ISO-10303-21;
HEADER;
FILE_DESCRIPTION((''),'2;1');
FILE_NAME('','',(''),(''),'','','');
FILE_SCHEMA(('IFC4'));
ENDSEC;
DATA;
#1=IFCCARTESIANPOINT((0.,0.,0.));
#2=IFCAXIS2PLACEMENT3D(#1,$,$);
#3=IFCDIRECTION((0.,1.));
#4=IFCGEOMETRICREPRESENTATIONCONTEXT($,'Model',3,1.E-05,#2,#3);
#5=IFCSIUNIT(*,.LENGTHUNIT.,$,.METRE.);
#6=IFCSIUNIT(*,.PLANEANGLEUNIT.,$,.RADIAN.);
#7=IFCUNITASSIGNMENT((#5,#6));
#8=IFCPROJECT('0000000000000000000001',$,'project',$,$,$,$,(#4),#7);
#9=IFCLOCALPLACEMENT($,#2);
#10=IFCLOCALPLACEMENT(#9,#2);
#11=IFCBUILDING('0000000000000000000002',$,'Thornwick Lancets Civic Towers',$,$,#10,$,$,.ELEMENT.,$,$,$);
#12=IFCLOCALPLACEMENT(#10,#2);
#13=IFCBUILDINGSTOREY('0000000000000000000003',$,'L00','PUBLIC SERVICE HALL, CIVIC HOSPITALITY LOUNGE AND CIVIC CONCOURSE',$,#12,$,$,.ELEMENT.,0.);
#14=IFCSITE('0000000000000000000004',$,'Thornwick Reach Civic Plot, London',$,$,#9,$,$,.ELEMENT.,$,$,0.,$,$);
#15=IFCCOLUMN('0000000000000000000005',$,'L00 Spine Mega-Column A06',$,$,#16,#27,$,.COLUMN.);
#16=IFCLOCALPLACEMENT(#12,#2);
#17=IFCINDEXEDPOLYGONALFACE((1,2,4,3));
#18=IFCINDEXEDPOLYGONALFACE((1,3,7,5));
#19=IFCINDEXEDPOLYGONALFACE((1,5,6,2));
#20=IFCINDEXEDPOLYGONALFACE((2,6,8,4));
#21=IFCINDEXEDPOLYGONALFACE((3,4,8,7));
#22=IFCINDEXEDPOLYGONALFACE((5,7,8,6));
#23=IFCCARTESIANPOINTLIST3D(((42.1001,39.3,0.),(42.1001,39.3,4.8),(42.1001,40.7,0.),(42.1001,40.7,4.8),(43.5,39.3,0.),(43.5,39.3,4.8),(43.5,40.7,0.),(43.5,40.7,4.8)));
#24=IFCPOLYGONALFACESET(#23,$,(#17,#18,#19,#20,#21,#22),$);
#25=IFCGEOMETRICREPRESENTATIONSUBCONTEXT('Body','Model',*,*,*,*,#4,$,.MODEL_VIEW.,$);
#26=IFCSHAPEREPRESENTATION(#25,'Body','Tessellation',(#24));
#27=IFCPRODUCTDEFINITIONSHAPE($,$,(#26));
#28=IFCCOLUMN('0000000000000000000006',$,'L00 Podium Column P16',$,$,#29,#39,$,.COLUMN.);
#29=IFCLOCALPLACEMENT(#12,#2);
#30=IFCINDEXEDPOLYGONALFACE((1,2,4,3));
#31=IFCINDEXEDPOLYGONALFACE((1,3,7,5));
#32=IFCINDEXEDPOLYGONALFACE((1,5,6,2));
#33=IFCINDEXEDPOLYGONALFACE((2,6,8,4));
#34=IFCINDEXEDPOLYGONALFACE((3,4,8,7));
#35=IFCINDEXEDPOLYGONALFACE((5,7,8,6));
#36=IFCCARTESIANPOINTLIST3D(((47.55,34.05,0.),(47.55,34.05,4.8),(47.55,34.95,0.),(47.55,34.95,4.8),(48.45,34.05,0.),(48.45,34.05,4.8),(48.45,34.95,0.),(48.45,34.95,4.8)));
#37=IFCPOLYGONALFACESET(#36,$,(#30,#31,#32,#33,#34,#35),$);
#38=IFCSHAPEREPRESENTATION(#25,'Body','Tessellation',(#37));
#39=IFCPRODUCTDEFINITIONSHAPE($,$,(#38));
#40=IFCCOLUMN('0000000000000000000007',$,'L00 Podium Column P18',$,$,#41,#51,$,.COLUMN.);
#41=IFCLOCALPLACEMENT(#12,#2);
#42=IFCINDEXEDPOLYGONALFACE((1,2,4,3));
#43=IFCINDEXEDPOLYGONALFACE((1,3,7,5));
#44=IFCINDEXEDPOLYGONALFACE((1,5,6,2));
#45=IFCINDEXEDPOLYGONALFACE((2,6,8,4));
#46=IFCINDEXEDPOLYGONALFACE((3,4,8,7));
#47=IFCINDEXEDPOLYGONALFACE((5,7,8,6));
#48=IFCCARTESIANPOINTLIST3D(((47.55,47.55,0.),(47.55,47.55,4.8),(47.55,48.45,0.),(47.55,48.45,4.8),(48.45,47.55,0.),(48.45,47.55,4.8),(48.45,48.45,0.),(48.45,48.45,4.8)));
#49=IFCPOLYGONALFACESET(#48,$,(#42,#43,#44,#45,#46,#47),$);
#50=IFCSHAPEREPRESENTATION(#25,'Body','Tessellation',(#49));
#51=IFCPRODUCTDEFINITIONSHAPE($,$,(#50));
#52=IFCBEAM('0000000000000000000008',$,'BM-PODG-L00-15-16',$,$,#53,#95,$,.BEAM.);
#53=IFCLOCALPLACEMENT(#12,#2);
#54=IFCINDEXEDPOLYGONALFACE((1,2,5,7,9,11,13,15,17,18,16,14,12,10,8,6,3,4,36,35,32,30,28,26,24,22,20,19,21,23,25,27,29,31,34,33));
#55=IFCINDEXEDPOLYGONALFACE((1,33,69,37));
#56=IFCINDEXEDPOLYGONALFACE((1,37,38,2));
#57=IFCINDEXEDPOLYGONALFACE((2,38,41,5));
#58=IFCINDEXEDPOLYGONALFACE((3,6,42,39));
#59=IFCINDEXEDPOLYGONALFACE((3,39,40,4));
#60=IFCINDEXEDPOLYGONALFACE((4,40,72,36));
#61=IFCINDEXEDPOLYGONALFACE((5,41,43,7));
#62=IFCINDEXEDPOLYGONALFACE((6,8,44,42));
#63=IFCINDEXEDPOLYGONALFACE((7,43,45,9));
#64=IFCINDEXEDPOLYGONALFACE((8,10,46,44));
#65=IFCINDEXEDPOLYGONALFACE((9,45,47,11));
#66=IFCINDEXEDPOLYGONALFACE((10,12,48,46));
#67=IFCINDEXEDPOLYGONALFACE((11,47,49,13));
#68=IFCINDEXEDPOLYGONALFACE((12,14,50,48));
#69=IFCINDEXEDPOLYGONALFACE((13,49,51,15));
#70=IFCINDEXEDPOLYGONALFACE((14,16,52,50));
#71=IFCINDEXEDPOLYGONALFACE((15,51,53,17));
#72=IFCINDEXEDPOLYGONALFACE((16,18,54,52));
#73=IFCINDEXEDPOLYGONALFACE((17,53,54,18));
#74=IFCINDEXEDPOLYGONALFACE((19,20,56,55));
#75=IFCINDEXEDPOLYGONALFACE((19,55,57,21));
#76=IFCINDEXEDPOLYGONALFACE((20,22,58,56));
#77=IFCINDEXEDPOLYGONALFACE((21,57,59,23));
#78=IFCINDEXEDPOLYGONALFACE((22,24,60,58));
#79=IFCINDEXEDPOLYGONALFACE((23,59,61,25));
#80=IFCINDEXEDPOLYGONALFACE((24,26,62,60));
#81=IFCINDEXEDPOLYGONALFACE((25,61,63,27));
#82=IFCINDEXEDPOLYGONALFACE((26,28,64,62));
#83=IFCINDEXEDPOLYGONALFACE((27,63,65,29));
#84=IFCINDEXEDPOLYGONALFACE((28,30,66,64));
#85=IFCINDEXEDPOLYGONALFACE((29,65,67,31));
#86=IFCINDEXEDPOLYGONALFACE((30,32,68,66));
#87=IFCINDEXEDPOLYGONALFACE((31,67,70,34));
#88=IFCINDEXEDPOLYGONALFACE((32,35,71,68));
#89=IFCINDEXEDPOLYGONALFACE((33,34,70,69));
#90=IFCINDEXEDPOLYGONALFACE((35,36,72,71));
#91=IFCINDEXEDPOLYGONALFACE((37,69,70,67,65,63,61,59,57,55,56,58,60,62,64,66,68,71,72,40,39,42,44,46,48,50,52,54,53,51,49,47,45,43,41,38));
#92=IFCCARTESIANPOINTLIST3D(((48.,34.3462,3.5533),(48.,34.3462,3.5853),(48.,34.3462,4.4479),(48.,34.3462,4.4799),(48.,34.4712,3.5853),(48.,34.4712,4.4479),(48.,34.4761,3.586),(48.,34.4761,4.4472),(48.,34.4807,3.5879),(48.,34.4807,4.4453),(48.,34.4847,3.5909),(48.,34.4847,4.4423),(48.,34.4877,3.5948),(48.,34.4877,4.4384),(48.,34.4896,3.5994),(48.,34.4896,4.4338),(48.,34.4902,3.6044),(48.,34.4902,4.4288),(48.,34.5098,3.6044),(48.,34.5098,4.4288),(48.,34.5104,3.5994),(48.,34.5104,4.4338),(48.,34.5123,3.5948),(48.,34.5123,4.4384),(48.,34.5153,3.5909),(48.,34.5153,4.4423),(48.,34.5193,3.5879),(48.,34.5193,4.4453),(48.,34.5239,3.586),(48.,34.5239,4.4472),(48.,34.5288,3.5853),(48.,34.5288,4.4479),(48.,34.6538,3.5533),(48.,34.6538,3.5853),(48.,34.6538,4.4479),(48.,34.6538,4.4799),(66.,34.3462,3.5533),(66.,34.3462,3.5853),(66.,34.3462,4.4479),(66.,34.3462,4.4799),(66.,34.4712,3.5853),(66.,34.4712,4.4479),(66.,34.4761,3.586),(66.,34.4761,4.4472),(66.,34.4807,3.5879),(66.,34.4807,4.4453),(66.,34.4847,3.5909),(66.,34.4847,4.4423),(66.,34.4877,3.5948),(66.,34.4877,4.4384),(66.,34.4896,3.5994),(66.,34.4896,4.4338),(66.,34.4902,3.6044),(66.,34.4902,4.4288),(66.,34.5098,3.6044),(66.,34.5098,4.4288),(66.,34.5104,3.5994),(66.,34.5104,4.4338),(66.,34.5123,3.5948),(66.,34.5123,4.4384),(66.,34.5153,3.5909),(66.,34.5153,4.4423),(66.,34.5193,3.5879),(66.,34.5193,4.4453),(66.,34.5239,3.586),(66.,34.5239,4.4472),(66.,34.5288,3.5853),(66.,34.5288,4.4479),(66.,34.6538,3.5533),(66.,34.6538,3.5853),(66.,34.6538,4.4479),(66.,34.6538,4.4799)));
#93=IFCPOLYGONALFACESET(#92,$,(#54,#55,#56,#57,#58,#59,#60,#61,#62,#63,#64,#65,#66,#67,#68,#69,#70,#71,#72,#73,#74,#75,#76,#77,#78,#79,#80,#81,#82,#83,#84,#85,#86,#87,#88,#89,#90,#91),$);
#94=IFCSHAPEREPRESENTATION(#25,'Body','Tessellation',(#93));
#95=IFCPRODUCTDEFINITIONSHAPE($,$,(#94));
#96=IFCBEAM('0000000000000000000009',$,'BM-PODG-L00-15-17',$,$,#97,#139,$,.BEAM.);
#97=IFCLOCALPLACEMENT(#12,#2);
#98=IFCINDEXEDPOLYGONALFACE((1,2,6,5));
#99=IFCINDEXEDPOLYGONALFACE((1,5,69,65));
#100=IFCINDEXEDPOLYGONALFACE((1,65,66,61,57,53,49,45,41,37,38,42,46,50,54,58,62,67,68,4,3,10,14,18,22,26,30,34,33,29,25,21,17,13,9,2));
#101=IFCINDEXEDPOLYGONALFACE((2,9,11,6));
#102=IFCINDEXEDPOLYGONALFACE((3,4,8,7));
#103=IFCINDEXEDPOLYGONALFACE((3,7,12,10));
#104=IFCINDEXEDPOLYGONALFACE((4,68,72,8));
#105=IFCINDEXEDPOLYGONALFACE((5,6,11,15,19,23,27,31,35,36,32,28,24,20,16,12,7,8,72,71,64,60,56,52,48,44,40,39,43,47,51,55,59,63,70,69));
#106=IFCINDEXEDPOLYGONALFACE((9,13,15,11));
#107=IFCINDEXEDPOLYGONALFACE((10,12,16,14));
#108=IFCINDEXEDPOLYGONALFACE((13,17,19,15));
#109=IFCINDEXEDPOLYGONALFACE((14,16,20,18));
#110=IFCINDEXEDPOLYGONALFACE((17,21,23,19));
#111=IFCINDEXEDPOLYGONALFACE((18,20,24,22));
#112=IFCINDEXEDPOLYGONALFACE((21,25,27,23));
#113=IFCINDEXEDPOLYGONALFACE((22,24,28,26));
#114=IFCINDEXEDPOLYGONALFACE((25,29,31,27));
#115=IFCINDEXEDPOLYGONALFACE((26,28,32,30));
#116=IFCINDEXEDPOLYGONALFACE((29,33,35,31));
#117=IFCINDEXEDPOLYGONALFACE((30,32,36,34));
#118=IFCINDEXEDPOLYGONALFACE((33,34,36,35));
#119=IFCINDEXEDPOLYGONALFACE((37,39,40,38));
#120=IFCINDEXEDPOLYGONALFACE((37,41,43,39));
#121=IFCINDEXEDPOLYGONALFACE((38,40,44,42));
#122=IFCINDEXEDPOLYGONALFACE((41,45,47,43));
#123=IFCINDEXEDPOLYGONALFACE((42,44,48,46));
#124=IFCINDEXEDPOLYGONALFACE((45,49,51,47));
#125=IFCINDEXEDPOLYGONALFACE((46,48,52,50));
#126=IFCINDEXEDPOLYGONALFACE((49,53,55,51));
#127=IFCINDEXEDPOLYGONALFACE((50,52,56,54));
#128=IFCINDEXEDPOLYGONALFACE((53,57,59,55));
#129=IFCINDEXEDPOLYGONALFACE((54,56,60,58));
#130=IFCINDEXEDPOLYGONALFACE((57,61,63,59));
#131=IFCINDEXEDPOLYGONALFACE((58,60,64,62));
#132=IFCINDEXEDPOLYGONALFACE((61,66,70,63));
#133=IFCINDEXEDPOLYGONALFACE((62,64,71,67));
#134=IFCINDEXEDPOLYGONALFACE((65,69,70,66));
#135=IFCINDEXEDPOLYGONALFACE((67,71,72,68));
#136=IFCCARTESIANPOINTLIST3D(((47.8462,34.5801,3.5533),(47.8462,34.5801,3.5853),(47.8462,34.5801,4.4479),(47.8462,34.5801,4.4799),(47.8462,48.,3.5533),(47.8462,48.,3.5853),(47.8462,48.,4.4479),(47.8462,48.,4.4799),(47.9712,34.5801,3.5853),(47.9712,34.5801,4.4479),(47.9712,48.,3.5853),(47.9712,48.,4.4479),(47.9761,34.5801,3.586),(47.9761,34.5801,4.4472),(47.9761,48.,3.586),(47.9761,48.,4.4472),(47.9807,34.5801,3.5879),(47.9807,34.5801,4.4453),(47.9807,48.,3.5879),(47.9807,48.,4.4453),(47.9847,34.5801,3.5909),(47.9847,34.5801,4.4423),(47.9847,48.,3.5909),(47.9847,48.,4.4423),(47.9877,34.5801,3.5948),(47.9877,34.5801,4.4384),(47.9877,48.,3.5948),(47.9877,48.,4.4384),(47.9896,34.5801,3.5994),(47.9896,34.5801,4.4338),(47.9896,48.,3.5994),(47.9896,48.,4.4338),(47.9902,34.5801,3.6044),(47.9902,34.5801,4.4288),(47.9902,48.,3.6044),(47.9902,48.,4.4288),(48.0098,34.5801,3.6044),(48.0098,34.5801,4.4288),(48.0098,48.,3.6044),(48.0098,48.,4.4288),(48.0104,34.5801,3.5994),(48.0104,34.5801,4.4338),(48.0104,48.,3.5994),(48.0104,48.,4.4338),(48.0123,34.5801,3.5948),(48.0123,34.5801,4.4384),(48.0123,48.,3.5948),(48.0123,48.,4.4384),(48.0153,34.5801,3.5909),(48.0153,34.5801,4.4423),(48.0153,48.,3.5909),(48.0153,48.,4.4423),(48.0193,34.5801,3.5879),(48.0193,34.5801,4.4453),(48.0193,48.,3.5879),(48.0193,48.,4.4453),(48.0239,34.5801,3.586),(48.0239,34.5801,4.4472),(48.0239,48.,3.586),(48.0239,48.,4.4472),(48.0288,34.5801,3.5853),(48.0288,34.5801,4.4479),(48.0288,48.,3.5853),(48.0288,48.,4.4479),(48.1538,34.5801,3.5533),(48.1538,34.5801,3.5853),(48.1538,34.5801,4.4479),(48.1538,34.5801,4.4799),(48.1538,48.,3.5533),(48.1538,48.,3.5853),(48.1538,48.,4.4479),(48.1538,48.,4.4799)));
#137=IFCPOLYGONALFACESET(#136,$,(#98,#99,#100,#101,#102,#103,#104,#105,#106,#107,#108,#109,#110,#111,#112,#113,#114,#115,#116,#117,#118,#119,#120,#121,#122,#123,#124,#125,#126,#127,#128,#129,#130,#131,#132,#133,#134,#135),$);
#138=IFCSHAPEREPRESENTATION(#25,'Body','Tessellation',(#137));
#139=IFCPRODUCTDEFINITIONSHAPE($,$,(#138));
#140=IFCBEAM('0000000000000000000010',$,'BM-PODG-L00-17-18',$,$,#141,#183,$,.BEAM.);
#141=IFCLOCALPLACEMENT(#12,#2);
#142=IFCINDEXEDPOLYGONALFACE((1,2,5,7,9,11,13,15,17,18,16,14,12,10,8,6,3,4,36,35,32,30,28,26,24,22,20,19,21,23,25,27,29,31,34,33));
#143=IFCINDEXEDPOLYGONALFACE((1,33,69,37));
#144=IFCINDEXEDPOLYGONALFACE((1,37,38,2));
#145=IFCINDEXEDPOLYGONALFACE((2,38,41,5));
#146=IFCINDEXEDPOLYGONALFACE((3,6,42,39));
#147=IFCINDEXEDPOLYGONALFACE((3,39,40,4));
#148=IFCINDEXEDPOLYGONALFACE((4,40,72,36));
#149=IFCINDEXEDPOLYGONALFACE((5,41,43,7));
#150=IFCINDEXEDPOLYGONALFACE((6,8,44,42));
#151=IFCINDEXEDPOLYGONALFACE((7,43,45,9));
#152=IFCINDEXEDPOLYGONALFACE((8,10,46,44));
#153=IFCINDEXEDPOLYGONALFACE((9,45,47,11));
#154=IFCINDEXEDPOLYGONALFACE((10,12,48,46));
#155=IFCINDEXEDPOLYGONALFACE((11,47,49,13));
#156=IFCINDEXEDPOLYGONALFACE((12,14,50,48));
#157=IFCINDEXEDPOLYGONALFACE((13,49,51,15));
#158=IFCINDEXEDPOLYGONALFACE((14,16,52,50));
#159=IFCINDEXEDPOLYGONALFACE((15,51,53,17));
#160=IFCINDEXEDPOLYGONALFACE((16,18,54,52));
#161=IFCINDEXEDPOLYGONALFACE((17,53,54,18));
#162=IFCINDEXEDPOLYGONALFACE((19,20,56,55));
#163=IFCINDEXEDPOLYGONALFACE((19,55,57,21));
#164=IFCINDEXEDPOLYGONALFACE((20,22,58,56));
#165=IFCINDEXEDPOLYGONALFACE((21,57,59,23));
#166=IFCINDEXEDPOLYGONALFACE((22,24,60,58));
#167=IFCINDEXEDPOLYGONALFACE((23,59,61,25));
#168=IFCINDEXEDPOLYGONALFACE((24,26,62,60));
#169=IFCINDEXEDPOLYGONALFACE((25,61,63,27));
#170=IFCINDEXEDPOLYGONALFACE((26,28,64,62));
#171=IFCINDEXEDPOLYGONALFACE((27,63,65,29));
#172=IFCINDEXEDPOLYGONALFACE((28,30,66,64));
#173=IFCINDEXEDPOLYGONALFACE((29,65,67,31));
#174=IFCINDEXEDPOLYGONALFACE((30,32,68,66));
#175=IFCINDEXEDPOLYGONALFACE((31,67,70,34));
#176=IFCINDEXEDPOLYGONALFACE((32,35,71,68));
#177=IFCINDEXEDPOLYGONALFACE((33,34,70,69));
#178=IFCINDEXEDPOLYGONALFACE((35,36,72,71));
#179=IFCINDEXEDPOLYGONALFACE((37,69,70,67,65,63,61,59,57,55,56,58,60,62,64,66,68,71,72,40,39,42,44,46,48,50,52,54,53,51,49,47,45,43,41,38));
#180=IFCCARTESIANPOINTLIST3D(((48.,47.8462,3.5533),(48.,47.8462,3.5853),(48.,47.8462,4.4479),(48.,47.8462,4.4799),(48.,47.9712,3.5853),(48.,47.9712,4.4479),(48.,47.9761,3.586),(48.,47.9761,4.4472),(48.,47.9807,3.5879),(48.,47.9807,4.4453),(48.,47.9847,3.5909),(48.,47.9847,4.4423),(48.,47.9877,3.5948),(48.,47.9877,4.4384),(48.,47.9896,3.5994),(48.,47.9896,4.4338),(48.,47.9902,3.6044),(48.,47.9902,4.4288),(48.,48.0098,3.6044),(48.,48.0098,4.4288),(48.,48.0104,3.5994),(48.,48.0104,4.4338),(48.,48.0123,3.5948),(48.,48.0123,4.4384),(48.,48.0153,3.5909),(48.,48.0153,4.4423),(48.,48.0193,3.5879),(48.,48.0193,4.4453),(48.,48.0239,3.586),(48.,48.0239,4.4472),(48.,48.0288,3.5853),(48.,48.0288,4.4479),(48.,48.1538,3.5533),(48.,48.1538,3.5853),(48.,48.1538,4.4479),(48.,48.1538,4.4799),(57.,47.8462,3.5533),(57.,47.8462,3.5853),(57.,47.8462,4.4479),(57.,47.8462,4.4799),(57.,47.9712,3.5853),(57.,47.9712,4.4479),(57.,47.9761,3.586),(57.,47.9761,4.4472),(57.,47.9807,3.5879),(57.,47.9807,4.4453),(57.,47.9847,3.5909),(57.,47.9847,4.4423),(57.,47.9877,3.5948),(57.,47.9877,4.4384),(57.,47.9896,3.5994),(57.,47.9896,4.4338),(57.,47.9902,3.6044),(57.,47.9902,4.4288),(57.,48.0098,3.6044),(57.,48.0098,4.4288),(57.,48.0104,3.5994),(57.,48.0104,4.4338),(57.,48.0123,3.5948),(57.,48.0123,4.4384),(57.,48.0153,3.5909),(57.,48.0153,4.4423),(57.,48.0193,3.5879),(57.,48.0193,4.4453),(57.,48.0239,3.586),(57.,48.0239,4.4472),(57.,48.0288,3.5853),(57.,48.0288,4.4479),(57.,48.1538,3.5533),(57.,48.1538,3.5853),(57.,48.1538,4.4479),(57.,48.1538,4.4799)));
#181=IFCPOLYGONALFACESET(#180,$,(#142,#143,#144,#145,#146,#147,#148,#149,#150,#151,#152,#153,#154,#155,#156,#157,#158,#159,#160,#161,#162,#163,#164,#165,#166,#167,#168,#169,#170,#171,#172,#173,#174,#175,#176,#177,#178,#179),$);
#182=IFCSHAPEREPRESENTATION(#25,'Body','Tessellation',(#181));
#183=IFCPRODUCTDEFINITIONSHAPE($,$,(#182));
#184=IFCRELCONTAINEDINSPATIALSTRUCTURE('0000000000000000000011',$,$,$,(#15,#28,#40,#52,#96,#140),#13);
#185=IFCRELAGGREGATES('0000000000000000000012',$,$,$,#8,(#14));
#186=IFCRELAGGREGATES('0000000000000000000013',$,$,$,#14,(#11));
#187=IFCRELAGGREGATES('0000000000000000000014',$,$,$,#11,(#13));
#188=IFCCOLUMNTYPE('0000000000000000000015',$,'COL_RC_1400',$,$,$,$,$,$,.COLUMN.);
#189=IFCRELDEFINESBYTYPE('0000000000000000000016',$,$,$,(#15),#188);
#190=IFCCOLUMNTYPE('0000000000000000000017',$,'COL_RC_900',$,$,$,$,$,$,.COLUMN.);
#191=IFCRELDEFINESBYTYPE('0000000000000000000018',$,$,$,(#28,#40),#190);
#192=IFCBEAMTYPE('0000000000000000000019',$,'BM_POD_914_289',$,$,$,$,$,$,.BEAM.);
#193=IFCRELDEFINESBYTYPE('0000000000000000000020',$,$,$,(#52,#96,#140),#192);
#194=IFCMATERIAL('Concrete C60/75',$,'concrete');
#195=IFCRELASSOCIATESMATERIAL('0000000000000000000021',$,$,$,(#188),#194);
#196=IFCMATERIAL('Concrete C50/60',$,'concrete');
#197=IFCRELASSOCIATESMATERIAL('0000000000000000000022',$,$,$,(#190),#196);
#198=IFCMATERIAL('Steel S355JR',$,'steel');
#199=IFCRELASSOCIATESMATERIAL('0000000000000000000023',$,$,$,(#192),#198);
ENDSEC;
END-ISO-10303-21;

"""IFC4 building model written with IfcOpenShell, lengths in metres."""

from ifc_helpers import new_model, si_unit, direction, frame, origin, origin_2d, place, context, subcontext, project, spatial, rectangle, i_section, extrude, material, material_profile, profile_set, type_object, element, save


model = new_model("IFC4")

# Units and contexts
model_context = context("Model", 3, precision=1e-05, world=origin(), true_north=direction((0.0, 1.0)))
body_context = subcontext(model_context, "Body", "Model", "MODEL_VIEW")
ifc_project = project(units=[si_unit("LENGTHUNIT", "METRE"), si_unit("PLANEANGLEUNIT", "RADIAN")], contexts=[model_context])

# Site, building, storey
site_placement = place(None, origin())
site = spatial("IfcSite", under=ifc_project, at=site_placement, Name="Thornwick Reach Civic Plot, London", CompositionType="ELEMENT", RefElevation=0.0)
building_placement = place(site_placement, origin())
building = spatial("IfcBuilding", under=site, at=building_placement, Name="Thornwick Lancets Civic Towers", CompositionType="ELEMENT")
storey_placement = place(building_placement, origin())
storey = spatial("IfcBuildingStorey", under=building, at=storey_placement, Name="L00", Description="PUBLIC SERVICE HALL, CIVIC HOSPITALITY LOUNGE AND CIVIC CONCOURSE", CompositionType="ELEMENT", Elevation=0.0)

# Columns
ifc_material_1 = material(Name="Concrete C60/75", Category="concrete")
ifc_material_profile_1 = material_profile(ifc_material_1, rectangle(XDim=1.3999, YDim=1.3999, at=origin_2d()), Name="RC 1400x1400")
ifc_profile_set_1 = profile_set([ifc_material_profile_1], Name="Concrete C60/75")
column_type_1 = type_object("IfcColumnType", Name="COL_RC_1400", PredefinedType="COLUMN", material=ifc_profile_set_1)
column_placement = place(storey_placement, frame((42.8, 40.0, 0.0), z_axis=(0.0, 0.0, 1.0), x_axis=(1.0, 0.0, 0.0)))
element("IfcColumn", 1, at=column_placement, inside=storey, type_object=column_type_1, Name="L00 Spine Mega-Column A06", PredefinedType="COLUMN", context=body_context, shape_type="SweptSolid", body=[
    extrude(rectangle(XDim=1.3999, YDim=1.3999, at=origin_2d()), origin(), (0.0, 0.0, 1.0), 4.8),
])
ifc_material_2 = material(Name="Concrete C50/60", Category="concrete")
ifc_material_profile_2 = material_profile(ifc_material_2, rectangle(XDim=0.8999, YDim=0.8999, at=origin_2d()), Name="RC 900x900")
ifc_profile_set_2 = profile_set([ifc_material_profile_2], Name="Concrete C50/60")
column_type_2 = type_object("IfcColumnType", Name="COL_RC_900", PredefinedType="COLUMN", material=ifc_profile_set_2)
for number, where, z_axis, x_axis, name in (
    (2, (48.0, 34.5, 0.0), (0.0, 0.0, 1.0), (1.0, 0.0, 0.0), "L00 Podium Column P16"),
    (3, (48.0, 48.0, 0.0), (0.0, 0.0, 1.0), (1.0, 0.0, 0.0), "L00 Podium Column P18"),
):
    element("IfcColumn", number, at=place(storey_placement, frame(where, z_axis=z_axis, x_axis=x_axis)), inside=storey, type_object=column_type_2, Name=name, PredefinedType="COLUMN", context=body_context, shape_type="SweptSolid", body=[
        extrude(rectangle(XDim=0.8999, YDim=0.8999, at=origin_2d()), origin(), (0.0, 0.0, 1.0), 4.8),
    ])

# Beams
ifc_material_3 = material(Name="Steel S355JR", Category="steel")
ifc_material_profile_3 = material_profile(ifc_material_3, i_section(OverallWidth=0.3076, OverallDepth=0.9265, WebThickness=0.0195, FlangeThickness=0.032, FilletRadius=0.019, at=origin_2d()), Name="UKB 914x305x289")
ifc_profile_set_3 = profile_set([ifc_material_profile_3], Name="Steel S355JR")
beam_type = type_object("IfcBeamType", Name="BM_POD_914_289", PredefinedType="BEAM", material=ifc_profile_set_3)
beam_1_placement = place(storey_placement, frame((48.0, 34.5, 4.0166), z_axis=(1.0, 0.0, 0.0), x_axis=(0.0, 1.0, 0.0)))
element("IfcBeam", 4, at=beam_1_placement, inside=storey, type_object=beam_type, Name="BM-PODG-L00-15-16", PredefinedType="BEAM", context=body_context, shape_type="SweptSolid", body=[
    extrude(i_section(OverallWidth=0.3076, OverallDepth=0.9265, WebThickness=0.0195, FlangeThickness=0.032, FilletRadius=0.019, at=origin_2d()), origin(), (0.0, 0.0, 1.0), 18.0),
])
beam_2_placement = place(storey_placement, frame((48.0, 34.5801, 4.0166), z_axis=(0.0, 1.0, 0.0), x_axis=(-1.0, 0.0, 0.0)))
element("IfcBeam", 5, at=beam_2_placement, inside=storey, type_object=beam_type, Name="BM-PODG-L00-15-17", PredefinedType="BEAM", context=body_context, shape_type="SweptSolid", body=[
    extrude(i_section(OverallWidth=0.3076, OverallDepth=0.9265, WebThickness=0.0195, FlangeThickness=0.032, FilletRadius=0.019, at=origin_2d()), origin(), (0.0, 0.0, 1.0), 13.4199),
])
beam_3_placement = place(storey_placement, frame((48.0, 48.0, 4.0166), z_axis=(1.0, 0.0, 0.0), x_axis=(0.0, 1.0, 0.0)))
element("IfcBeam", 6, at=beam_3_placement, inside=storey, type_object=beam_type, Name="BM-PODG-L00-17-18", PredefinedType="BEAM", context=body_context, shape_type="SweptSolid", body=[
    extrude(i_section(OverallWidth=0.3076, OverallDepth=0.9265, WebThickness=0.0195, FlangeThickness=0.032, FilletRadius=0.019, at=origin_2d()), origin(), (0.0, 0.0, 1.0), 9.0),
])

save(model, "model.ifc")
